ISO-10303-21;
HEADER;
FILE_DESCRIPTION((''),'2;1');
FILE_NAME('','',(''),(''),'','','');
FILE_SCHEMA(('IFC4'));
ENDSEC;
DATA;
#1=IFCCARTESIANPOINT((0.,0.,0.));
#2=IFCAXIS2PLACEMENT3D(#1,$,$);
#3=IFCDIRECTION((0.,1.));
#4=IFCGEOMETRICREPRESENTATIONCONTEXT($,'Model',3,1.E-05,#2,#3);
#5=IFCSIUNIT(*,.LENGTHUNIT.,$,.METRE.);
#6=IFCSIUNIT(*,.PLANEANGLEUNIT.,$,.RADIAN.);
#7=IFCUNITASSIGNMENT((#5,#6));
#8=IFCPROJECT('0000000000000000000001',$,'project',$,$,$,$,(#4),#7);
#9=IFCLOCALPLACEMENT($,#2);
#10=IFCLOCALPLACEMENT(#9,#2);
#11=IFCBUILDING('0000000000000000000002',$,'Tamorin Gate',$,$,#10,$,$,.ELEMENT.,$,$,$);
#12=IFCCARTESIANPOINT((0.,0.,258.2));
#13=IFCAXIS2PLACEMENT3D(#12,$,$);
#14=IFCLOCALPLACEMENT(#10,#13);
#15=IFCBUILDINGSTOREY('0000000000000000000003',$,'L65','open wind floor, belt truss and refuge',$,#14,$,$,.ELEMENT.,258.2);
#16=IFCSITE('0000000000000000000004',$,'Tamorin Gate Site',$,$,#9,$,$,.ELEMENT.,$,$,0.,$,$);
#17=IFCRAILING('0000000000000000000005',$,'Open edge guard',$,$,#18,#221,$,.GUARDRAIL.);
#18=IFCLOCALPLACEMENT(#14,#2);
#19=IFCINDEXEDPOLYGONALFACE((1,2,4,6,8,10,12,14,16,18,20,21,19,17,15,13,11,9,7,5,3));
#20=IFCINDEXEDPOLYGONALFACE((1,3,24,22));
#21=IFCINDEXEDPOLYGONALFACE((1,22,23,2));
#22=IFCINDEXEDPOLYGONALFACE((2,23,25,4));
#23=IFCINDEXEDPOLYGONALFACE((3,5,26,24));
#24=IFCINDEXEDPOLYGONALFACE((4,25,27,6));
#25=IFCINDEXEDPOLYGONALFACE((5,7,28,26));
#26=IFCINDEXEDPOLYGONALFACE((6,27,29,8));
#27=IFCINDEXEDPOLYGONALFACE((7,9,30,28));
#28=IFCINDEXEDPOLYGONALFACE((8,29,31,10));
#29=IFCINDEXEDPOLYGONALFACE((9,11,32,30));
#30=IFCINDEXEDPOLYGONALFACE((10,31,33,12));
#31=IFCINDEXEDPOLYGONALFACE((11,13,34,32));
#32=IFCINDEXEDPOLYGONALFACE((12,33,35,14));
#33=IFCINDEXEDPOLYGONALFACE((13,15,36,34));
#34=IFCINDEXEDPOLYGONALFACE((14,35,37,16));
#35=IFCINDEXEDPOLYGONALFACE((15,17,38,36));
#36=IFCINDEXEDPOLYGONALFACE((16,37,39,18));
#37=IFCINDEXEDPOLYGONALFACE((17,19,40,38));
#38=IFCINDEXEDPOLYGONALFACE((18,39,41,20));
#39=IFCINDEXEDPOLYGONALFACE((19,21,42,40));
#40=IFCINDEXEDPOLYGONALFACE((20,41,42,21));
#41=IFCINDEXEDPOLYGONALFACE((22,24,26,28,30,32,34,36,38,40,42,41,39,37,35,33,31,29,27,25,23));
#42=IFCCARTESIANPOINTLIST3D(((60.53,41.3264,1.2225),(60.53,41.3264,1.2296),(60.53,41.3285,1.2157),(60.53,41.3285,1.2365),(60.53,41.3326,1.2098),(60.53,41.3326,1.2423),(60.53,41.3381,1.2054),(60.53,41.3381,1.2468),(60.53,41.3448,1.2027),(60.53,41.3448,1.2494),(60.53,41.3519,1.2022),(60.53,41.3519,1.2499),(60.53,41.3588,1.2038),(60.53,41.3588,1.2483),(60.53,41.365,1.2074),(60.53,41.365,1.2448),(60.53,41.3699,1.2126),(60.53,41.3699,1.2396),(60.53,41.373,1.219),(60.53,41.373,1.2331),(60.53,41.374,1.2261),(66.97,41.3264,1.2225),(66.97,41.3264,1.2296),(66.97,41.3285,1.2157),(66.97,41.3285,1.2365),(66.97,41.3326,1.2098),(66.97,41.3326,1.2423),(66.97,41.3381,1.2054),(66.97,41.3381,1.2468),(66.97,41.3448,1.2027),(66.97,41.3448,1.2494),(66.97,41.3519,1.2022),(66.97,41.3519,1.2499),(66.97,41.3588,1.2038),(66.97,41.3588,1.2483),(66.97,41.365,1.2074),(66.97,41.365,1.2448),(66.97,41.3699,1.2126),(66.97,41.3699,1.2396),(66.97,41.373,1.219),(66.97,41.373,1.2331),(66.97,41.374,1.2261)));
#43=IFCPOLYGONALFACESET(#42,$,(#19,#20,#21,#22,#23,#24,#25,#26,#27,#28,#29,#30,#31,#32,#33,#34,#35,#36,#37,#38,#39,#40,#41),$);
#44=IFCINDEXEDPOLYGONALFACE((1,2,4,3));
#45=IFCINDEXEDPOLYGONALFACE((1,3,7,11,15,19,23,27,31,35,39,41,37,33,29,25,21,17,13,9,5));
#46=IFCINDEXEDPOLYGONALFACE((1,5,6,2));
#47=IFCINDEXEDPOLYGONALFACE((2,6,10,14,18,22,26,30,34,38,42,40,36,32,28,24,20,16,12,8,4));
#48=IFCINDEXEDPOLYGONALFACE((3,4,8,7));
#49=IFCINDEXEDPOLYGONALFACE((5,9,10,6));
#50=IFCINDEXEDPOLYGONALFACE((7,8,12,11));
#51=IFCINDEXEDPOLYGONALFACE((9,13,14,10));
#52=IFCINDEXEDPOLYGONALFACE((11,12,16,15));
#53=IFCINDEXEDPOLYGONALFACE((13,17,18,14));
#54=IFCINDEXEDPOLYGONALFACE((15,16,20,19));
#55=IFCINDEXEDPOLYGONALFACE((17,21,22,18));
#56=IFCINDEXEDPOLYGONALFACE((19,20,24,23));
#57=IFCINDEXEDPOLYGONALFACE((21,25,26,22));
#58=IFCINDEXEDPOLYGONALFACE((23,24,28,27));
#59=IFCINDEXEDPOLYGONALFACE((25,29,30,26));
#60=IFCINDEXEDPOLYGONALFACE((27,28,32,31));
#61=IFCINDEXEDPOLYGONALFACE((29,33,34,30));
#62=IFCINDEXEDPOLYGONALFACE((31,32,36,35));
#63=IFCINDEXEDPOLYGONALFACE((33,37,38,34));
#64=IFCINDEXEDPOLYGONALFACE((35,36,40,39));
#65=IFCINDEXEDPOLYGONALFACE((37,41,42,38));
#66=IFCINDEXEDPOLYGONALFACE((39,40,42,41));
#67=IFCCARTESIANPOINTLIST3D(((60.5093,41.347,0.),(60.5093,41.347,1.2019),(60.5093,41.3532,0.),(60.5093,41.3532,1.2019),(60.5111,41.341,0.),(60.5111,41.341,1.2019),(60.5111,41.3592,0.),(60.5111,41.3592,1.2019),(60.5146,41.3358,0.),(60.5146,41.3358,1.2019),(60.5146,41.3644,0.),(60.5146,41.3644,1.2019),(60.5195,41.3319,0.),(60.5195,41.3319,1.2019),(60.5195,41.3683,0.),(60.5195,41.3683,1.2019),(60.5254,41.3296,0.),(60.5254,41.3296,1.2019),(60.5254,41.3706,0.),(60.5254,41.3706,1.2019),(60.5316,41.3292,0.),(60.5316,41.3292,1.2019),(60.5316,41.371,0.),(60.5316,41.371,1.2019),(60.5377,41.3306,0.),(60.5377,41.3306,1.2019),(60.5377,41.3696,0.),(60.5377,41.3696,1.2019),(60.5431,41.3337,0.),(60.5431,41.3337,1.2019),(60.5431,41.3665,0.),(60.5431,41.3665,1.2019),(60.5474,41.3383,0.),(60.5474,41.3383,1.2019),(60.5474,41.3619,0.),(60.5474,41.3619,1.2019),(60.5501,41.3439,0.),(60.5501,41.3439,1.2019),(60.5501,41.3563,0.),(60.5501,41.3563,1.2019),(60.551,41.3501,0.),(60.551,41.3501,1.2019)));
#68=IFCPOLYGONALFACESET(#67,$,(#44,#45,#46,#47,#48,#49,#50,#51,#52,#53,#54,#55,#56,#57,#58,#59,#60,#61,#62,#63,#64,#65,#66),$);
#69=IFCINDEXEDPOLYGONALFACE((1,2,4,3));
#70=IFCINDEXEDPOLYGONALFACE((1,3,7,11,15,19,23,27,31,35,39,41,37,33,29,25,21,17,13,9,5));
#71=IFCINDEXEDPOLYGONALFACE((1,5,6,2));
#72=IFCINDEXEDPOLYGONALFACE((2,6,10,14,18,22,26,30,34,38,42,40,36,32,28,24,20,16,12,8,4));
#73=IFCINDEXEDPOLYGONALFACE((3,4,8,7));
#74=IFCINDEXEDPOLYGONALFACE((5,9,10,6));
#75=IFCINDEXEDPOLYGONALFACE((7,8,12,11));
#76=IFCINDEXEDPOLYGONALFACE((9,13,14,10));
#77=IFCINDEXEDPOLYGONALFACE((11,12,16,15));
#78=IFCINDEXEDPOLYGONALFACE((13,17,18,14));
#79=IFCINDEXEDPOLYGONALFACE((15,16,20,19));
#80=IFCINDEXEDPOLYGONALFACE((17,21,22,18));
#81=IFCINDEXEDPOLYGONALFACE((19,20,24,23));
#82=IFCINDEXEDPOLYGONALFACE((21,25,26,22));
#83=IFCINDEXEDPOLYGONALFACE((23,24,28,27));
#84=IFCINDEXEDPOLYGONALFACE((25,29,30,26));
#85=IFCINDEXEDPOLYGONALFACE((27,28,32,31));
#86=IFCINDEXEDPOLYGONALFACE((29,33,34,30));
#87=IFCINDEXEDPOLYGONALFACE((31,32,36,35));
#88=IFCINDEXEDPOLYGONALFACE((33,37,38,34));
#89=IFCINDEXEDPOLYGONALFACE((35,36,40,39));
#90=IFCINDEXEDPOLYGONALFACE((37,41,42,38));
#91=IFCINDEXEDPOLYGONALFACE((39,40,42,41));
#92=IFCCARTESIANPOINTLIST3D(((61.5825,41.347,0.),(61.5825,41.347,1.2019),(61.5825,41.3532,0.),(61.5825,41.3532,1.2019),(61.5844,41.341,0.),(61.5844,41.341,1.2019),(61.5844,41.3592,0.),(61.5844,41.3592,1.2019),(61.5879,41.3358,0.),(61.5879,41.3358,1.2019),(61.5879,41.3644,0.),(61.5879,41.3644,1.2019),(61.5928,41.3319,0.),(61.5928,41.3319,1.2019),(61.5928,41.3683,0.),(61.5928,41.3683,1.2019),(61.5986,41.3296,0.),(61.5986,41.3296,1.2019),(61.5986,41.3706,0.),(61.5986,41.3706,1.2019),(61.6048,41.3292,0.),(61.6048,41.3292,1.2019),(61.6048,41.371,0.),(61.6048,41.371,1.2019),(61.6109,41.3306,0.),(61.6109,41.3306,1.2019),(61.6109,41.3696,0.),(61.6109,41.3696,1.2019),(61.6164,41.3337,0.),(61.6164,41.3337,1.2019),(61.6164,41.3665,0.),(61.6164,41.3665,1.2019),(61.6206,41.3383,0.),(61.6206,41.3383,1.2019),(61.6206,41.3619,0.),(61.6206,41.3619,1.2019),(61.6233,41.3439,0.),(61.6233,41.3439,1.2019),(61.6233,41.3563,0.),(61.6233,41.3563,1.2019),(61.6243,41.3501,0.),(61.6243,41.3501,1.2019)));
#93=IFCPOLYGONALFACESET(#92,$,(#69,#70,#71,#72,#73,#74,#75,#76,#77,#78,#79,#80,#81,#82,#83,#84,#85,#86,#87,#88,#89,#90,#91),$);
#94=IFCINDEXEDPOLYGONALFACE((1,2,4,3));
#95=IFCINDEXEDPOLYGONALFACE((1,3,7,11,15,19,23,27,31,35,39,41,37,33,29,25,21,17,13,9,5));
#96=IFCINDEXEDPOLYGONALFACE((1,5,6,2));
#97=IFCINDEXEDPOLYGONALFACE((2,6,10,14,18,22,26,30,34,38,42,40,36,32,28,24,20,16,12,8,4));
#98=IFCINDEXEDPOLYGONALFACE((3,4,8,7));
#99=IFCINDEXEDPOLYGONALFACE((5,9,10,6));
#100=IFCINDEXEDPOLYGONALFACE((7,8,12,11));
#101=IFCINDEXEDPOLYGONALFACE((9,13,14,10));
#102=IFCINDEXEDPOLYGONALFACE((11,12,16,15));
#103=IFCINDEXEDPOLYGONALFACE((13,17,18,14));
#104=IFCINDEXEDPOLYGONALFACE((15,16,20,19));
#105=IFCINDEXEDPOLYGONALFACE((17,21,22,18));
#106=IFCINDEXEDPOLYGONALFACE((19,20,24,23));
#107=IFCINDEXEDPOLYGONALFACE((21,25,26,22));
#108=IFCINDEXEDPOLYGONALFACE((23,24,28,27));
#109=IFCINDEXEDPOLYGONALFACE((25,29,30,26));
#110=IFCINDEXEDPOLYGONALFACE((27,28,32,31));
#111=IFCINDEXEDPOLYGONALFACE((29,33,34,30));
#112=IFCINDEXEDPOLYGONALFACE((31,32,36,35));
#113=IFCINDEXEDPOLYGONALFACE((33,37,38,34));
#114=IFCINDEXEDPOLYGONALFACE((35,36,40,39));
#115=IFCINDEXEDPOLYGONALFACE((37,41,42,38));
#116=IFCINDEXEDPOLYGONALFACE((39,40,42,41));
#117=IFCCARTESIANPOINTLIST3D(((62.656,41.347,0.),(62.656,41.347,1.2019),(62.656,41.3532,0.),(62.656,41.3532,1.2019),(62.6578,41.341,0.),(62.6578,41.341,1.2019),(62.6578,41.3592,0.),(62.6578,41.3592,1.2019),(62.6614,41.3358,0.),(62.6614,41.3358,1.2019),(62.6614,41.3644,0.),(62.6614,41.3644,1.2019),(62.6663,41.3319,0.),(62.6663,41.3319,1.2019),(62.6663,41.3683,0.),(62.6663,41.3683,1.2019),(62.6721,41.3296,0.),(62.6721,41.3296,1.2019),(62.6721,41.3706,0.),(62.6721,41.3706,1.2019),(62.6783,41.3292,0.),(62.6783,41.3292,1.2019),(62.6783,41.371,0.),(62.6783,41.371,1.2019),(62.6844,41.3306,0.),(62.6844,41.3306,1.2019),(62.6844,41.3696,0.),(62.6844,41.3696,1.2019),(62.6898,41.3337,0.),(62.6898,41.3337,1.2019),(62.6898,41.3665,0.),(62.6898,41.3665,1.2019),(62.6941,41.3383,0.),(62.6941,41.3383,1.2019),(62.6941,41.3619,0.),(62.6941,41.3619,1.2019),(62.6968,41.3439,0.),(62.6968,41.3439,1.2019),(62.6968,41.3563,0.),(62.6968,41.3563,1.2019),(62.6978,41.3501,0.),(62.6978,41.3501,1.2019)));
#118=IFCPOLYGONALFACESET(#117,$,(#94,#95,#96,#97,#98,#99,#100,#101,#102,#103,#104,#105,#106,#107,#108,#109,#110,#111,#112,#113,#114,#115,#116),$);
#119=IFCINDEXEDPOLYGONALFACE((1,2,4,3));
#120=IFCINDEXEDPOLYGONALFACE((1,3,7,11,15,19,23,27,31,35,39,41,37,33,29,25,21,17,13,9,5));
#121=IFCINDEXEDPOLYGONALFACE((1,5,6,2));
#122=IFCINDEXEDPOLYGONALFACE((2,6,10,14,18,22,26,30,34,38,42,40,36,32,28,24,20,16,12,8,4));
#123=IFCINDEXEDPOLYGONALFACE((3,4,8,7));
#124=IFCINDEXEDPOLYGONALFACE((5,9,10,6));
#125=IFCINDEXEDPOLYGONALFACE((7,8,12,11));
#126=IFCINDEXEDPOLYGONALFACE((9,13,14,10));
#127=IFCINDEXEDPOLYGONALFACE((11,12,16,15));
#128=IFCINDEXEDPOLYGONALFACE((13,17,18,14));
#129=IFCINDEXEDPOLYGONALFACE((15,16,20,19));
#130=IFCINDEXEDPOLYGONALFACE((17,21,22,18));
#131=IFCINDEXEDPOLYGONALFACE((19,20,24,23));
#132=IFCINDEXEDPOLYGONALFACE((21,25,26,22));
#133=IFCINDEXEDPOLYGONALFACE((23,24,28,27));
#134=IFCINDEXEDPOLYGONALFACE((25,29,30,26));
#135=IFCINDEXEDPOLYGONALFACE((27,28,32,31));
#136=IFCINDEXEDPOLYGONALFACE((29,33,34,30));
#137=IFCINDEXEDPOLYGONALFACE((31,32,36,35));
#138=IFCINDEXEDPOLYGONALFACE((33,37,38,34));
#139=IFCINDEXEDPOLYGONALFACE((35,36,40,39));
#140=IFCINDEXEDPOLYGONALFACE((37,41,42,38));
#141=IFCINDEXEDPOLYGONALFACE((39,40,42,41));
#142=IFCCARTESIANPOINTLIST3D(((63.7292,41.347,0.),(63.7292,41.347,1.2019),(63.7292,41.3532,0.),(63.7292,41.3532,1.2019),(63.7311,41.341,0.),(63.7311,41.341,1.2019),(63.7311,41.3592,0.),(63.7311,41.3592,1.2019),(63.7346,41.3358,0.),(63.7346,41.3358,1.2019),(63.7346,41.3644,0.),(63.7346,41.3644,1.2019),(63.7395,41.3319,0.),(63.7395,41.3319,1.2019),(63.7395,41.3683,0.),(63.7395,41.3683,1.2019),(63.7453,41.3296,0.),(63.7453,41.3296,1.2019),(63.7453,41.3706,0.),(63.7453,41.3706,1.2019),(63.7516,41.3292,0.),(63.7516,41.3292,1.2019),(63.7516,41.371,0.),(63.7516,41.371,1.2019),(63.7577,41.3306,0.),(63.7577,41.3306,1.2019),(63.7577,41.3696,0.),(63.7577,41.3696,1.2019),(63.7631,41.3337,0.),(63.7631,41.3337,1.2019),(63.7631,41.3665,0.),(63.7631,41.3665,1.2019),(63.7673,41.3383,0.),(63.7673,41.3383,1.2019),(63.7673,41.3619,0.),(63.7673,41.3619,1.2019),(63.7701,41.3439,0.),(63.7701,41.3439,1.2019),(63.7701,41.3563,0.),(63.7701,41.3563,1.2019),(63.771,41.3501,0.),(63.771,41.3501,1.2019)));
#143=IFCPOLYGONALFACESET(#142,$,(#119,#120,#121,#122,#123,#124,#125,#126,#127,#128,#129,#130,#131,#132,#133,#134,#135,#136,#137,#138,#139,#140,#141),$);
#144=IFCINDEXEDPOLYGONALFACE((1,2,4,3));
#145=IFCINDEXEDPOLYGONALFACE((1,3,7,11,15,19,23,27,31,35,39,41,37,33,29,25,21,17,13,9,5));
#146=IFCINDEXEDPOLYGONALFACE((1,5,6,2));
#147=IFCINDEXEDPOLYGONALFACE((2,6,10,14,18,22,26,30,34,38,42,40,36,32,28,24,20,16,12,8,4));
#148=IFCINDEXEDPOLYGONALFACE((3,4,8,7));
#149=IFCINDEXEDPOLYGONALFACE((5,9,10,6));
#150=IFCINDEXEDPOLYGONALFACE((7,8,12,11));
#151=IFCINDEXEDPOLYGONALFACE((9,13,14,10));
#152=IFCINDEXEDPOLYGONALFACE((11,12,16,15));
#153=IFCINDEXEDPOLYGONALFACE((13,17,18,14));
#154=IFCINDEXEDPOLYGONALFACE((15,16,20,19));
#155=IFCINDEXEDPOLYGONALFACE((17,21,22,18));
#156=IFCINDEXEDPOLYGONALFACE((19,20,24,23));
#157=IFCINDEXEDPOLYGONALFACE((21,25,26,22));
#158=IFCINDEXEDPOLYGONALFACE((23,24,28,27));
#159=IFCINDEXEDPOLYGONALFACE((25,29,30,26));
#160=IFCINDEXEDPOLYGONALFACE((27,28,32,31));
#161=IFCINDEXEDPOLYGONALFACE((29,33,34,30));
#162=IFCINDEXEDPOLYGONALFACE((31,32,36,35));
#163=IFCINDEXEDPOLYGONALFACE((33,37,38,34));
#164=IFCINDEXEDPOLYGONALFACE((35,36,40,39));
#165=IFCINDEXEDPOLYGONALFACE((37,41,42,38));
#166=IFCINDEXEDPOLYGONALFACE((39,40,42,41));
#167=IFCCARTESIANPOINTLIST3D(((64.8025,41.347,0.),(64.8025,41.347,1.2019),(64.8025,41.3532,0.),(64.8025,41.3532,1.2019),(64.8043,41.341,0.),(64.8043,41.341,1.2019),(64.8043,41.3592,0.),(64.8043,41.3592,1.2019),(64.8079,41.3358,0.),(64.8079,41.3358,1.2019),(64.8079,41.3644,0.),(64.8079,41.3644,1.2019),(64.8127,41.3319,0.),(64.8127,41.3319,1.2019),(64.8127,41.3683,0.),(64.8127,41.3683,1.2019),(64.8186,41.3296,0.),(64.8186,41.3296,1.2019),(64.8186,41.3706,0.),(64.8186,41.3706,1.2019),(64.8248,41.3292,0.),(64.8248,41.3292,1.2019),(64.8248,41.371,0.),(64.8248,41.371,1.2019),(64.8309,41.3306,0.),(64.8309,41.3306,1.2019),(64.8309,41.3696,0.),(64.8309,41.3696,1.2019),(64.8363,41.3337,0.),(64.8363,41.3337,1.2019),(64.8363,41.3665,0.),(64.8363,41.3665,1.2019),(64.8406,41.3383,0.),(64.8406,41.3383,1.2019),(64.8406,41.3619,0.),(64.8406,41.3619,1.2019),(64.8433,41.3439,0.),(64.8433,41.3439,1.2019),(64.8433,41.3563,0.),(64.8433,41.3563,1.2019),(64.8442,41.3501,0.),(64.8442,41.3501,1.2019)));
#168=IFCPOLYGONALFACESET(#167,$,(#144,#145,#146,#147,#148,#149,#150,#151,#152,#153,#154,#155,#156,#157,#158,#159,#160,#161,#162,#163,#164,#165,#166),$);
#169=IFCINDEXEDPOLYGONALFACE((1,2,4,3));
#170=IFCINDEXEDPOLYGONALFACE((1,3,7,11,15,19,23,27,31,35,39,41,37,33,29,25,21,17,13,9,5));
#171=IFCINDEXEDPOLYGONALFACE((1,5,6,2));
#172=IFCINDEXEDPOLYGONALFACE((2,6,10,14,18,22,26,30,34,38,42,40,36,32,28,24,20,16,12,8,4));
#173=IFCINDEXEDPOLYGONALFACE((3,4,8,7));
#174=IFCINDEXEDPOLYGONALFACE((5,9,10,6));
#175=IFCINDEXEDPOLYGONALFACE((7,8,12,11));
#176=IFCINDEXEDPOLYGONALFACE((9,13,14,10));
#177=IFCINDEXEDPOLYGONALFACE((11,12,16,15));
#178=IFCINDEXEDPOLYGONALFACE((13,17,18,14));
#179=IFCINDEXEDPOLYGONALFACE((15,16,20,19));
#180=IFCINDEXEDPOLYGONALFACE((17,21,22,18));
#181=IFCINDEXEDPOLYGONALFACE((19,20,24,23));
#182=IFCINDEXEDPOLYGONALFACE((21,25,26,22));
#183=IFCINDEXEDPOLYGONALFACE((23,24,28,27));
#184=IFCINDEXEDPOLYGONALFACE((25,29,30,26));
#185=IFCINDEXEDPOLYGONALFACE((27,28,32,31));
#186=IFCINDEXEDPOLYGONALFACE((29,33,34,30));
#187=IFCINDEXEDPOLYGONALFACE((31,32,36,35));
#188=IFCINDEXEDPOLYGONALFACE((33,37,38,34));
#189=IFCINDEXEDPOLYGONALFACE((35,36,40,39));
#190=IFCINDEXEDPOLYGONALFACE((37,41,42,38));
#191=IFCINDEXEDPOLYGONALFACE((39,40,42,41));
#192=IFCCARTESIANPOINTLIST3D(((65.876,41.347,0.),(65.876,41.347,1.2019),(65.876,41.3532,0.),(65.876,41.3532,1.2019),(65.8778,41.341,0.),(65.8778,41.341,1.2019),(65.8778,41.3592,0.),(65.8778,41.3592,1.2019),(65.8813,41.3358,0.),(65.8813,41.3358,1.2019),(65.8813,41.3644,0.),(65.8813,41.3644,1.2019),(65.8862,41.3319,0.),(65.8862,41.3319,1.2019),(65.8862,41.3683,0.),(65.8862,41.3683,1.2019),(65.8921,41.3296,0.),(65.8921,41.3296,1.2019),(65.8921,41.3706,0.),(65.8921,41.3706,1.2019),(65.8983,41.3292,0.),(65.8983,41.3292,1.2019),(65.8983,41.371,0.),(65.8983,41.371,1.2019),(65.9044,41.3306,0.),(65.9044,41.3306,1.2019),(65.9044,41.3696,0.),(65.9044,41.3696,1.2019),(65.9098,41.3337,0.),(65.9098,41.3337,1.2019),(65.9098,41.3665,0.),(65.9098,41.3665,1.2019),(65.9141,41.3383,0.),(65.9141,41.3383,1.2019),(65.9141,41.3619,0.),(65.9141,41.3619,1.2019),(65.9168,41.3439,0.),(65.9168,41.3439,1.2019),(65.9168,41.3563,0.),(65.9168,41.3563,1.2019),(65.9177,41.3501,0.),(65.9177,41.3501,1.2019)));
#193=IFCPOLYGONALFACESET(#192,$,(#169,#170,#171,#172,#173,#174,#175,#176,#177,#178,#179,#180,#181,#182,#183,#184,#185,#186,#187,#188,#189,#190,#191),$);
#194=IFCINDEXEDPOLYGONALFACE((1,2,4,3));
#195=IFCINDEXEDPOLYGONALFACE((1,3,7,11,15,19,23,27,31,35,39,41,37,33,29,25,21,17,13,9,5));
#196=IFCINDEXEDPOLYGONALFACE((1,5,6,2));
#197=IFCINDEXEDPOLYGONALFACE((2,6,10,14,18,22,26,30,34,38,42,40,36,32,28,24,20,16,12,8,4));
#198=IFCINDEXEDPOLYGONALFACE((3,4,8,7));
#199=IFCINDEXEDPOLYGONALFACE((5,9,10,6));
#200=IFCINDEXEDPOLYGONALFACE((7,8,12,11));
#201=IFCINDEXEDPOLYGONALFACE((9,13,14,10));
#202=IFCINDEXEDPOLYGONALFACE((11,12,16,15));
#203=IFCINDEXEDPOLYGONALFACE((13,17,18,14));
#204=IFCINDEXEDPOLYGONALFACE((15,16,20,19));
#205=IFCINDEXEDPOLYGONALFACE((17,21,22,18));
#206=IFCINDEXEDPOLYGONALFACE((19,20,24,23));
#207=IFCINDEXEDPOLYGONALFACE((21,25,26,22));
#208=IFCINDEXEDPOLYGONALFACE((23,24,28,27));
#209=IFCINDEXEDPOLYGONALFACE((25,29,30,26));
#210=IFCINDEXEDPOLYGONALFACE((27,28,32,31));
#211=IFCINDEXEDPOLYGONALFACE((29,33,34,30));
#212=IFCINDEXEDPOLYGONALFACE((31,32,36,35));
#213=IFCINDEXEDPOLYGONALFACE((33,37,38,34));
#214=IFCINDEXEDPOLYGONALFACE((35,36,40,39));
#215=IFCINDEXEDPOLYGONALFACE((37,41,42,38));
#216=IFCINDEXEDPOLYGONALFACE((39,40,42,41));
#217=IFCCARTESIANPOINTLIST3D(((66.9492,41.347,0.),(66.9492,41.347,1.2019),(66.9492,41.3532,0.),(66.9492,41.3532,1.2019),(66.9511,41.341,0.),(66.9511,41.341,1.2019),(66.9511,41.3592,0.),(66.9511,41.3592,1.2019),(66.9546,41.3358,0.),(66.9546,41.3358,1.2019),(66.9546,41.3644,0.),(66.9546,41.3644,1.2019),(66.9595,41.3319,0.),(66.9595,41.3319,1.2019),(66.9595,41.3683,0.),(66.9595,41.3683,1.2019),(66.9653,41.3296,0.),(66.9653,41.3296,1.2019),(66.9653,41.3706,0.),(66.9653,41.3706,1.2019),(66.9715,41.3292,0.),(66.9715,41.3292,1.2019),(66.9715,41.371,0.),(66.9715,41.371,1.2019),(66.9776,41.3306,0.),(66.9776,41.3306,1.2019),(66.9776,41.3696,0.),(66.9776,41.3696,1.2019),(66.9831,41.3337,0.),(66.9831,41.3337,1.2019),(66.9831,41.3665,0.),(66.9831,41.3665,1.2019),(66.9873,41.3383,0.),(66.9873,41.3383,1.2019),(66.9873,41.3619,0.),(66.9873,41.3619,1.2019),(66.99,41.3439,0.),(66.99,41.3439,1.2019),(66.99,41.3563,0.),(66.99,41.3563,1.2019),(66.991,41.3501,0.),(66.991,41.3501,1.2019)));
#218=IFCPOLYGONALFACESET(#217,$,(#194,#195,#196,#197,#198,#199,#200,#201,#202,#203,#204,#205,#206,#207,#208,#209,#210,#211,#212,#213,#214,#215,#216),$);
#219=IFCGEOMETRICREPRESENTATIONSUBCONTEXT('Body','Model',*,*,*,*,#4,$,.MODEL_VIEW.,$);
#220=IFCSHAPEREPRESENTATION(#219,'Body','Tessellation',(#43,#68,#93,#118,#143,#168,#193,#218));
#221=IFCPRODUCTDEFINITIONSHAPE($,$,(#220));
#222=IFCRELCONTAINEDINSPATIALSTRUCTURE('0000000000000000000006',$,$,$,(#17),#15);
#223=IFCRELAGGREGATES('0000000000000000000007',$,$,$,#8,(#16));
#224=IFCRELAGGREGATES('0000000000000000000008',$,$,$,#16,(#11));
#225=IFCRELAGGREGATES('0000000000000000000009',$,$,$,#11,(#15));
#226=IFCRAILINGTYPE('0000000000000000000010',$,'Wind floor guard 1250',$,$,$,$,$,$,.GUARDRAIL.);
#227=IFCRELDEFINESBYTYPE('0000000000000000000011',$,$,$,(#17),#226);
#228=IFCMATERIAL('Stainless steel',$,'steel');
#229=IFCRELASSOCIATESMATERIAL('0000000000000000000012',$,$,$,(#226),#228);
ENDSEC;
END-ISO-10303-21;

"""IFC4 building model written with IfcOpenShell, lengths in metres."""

from ifc_helpers import new_model, si_unit, direction, frame, origin, origin_2d, place, context, subcontext, project, spatial, circle, extrude, material, type_object, element, save


model = new_model("IFC4")

# Units and contexts
model_context = context("Model", 3, precision=1e-05, world=origin(), true_north=direction((0.0, 1.0)))
body_context = subcontext(model_context, "Body", "Model", "MODEL_VIEW")
ifc_project = project(units=[si_unit("LENGTHUNIT", "METRE"), si_unit("PLANEANGLEUNIT", "RADIAN")], contexts=[model_context])

# Site, building, storey
site_placement = place(None, origin())
site = spatial("IfcSite", under=ifc_project, at=site_placement, Name="Tamorin Gate Site", CompositionType="ELEMENT", RefElevation=0.0)
building_placement = place(site_placement, origin())
building = spatial("IfcBuilding", under=site, at=building_placement, Name="Tamorin Gate", CompositionType="ELEMENT")
storey_placement = place(building_placement, frame((0.0, 0.0, 258.2)))
storey = spatial("IfcBuildingStorey", under=building, at=storey_placement, Name="L65", Description="open wind floor, belt truss and refuge", CompositionType="ELEMENT", Elevation=258.2)

# Railing
ifc_material_1 = material(Name="Stainless steel", Category="steel")
railing_type = type_object("IfcRailingType", Name="Wind floor guard 1250", PredefinedType="GUARDRAIL", material=ifc_material_1)
railing_1_placement = place(storey_placement, frame((60.53, 41.3501, 0.0)))
element("IfcRailing", 1, at=railing_1_placement, inside=storey, type_object=railing_type, Name="Open edge guard", PredefinedType="GUARDRAIL", context=body_context, shape_type="SweptSolid", body=[
    extrude(circle(Radius=0.0239, at=origin_2d()), frame((0.0, 0.0, 1.2261), z_axis=(1.0, 0.0, 0.0), x_axis=(0.0, 1.0, 0.0)), (0.0, 0.0, 1.0), 6.4399),
    extrude(circle(Radius=0.021, at=origin_2d()), origin(), (0.0, 0.0, 1.0), 1.2019),
    extrude(circle(Radius=0.021, at=origin_2d()), frame((1.0732, 0.0, 0.0)), (0.0, 0.0, 1.0), 1.2019),
    extrude(circle(Radius=0.021, at=origin_2d()), frame((2.1467, 0.0, 0.0)), (0.0, 0.0, 1.0), 1.2019),
    extrude(circle(Radius=0.021, at=origin_2d()), frame((3.22, 0.0, 0.0)), (0.0, 0.0, 1.0), 1.2019),
    extrude(circle(Radius=0.021, at=origin_2d()), frame((4.2932, 0.0, 0.0)), (0.0, 0.0, 1.0), 1.2019),
    extrude(circle(Radius=0.021, at=origin_2d()), frame((5.3667, 0.0, 0.0)), (0.0, 0.0, 1.0), 1.2019),
    extrude(circle(Radius=0.021, at=origin_2d()), frame((6.4399, 0.0, 0.0)), (0.0, 0.0, 1.0), 1.2019),
])

save(model, "model.ifc")
